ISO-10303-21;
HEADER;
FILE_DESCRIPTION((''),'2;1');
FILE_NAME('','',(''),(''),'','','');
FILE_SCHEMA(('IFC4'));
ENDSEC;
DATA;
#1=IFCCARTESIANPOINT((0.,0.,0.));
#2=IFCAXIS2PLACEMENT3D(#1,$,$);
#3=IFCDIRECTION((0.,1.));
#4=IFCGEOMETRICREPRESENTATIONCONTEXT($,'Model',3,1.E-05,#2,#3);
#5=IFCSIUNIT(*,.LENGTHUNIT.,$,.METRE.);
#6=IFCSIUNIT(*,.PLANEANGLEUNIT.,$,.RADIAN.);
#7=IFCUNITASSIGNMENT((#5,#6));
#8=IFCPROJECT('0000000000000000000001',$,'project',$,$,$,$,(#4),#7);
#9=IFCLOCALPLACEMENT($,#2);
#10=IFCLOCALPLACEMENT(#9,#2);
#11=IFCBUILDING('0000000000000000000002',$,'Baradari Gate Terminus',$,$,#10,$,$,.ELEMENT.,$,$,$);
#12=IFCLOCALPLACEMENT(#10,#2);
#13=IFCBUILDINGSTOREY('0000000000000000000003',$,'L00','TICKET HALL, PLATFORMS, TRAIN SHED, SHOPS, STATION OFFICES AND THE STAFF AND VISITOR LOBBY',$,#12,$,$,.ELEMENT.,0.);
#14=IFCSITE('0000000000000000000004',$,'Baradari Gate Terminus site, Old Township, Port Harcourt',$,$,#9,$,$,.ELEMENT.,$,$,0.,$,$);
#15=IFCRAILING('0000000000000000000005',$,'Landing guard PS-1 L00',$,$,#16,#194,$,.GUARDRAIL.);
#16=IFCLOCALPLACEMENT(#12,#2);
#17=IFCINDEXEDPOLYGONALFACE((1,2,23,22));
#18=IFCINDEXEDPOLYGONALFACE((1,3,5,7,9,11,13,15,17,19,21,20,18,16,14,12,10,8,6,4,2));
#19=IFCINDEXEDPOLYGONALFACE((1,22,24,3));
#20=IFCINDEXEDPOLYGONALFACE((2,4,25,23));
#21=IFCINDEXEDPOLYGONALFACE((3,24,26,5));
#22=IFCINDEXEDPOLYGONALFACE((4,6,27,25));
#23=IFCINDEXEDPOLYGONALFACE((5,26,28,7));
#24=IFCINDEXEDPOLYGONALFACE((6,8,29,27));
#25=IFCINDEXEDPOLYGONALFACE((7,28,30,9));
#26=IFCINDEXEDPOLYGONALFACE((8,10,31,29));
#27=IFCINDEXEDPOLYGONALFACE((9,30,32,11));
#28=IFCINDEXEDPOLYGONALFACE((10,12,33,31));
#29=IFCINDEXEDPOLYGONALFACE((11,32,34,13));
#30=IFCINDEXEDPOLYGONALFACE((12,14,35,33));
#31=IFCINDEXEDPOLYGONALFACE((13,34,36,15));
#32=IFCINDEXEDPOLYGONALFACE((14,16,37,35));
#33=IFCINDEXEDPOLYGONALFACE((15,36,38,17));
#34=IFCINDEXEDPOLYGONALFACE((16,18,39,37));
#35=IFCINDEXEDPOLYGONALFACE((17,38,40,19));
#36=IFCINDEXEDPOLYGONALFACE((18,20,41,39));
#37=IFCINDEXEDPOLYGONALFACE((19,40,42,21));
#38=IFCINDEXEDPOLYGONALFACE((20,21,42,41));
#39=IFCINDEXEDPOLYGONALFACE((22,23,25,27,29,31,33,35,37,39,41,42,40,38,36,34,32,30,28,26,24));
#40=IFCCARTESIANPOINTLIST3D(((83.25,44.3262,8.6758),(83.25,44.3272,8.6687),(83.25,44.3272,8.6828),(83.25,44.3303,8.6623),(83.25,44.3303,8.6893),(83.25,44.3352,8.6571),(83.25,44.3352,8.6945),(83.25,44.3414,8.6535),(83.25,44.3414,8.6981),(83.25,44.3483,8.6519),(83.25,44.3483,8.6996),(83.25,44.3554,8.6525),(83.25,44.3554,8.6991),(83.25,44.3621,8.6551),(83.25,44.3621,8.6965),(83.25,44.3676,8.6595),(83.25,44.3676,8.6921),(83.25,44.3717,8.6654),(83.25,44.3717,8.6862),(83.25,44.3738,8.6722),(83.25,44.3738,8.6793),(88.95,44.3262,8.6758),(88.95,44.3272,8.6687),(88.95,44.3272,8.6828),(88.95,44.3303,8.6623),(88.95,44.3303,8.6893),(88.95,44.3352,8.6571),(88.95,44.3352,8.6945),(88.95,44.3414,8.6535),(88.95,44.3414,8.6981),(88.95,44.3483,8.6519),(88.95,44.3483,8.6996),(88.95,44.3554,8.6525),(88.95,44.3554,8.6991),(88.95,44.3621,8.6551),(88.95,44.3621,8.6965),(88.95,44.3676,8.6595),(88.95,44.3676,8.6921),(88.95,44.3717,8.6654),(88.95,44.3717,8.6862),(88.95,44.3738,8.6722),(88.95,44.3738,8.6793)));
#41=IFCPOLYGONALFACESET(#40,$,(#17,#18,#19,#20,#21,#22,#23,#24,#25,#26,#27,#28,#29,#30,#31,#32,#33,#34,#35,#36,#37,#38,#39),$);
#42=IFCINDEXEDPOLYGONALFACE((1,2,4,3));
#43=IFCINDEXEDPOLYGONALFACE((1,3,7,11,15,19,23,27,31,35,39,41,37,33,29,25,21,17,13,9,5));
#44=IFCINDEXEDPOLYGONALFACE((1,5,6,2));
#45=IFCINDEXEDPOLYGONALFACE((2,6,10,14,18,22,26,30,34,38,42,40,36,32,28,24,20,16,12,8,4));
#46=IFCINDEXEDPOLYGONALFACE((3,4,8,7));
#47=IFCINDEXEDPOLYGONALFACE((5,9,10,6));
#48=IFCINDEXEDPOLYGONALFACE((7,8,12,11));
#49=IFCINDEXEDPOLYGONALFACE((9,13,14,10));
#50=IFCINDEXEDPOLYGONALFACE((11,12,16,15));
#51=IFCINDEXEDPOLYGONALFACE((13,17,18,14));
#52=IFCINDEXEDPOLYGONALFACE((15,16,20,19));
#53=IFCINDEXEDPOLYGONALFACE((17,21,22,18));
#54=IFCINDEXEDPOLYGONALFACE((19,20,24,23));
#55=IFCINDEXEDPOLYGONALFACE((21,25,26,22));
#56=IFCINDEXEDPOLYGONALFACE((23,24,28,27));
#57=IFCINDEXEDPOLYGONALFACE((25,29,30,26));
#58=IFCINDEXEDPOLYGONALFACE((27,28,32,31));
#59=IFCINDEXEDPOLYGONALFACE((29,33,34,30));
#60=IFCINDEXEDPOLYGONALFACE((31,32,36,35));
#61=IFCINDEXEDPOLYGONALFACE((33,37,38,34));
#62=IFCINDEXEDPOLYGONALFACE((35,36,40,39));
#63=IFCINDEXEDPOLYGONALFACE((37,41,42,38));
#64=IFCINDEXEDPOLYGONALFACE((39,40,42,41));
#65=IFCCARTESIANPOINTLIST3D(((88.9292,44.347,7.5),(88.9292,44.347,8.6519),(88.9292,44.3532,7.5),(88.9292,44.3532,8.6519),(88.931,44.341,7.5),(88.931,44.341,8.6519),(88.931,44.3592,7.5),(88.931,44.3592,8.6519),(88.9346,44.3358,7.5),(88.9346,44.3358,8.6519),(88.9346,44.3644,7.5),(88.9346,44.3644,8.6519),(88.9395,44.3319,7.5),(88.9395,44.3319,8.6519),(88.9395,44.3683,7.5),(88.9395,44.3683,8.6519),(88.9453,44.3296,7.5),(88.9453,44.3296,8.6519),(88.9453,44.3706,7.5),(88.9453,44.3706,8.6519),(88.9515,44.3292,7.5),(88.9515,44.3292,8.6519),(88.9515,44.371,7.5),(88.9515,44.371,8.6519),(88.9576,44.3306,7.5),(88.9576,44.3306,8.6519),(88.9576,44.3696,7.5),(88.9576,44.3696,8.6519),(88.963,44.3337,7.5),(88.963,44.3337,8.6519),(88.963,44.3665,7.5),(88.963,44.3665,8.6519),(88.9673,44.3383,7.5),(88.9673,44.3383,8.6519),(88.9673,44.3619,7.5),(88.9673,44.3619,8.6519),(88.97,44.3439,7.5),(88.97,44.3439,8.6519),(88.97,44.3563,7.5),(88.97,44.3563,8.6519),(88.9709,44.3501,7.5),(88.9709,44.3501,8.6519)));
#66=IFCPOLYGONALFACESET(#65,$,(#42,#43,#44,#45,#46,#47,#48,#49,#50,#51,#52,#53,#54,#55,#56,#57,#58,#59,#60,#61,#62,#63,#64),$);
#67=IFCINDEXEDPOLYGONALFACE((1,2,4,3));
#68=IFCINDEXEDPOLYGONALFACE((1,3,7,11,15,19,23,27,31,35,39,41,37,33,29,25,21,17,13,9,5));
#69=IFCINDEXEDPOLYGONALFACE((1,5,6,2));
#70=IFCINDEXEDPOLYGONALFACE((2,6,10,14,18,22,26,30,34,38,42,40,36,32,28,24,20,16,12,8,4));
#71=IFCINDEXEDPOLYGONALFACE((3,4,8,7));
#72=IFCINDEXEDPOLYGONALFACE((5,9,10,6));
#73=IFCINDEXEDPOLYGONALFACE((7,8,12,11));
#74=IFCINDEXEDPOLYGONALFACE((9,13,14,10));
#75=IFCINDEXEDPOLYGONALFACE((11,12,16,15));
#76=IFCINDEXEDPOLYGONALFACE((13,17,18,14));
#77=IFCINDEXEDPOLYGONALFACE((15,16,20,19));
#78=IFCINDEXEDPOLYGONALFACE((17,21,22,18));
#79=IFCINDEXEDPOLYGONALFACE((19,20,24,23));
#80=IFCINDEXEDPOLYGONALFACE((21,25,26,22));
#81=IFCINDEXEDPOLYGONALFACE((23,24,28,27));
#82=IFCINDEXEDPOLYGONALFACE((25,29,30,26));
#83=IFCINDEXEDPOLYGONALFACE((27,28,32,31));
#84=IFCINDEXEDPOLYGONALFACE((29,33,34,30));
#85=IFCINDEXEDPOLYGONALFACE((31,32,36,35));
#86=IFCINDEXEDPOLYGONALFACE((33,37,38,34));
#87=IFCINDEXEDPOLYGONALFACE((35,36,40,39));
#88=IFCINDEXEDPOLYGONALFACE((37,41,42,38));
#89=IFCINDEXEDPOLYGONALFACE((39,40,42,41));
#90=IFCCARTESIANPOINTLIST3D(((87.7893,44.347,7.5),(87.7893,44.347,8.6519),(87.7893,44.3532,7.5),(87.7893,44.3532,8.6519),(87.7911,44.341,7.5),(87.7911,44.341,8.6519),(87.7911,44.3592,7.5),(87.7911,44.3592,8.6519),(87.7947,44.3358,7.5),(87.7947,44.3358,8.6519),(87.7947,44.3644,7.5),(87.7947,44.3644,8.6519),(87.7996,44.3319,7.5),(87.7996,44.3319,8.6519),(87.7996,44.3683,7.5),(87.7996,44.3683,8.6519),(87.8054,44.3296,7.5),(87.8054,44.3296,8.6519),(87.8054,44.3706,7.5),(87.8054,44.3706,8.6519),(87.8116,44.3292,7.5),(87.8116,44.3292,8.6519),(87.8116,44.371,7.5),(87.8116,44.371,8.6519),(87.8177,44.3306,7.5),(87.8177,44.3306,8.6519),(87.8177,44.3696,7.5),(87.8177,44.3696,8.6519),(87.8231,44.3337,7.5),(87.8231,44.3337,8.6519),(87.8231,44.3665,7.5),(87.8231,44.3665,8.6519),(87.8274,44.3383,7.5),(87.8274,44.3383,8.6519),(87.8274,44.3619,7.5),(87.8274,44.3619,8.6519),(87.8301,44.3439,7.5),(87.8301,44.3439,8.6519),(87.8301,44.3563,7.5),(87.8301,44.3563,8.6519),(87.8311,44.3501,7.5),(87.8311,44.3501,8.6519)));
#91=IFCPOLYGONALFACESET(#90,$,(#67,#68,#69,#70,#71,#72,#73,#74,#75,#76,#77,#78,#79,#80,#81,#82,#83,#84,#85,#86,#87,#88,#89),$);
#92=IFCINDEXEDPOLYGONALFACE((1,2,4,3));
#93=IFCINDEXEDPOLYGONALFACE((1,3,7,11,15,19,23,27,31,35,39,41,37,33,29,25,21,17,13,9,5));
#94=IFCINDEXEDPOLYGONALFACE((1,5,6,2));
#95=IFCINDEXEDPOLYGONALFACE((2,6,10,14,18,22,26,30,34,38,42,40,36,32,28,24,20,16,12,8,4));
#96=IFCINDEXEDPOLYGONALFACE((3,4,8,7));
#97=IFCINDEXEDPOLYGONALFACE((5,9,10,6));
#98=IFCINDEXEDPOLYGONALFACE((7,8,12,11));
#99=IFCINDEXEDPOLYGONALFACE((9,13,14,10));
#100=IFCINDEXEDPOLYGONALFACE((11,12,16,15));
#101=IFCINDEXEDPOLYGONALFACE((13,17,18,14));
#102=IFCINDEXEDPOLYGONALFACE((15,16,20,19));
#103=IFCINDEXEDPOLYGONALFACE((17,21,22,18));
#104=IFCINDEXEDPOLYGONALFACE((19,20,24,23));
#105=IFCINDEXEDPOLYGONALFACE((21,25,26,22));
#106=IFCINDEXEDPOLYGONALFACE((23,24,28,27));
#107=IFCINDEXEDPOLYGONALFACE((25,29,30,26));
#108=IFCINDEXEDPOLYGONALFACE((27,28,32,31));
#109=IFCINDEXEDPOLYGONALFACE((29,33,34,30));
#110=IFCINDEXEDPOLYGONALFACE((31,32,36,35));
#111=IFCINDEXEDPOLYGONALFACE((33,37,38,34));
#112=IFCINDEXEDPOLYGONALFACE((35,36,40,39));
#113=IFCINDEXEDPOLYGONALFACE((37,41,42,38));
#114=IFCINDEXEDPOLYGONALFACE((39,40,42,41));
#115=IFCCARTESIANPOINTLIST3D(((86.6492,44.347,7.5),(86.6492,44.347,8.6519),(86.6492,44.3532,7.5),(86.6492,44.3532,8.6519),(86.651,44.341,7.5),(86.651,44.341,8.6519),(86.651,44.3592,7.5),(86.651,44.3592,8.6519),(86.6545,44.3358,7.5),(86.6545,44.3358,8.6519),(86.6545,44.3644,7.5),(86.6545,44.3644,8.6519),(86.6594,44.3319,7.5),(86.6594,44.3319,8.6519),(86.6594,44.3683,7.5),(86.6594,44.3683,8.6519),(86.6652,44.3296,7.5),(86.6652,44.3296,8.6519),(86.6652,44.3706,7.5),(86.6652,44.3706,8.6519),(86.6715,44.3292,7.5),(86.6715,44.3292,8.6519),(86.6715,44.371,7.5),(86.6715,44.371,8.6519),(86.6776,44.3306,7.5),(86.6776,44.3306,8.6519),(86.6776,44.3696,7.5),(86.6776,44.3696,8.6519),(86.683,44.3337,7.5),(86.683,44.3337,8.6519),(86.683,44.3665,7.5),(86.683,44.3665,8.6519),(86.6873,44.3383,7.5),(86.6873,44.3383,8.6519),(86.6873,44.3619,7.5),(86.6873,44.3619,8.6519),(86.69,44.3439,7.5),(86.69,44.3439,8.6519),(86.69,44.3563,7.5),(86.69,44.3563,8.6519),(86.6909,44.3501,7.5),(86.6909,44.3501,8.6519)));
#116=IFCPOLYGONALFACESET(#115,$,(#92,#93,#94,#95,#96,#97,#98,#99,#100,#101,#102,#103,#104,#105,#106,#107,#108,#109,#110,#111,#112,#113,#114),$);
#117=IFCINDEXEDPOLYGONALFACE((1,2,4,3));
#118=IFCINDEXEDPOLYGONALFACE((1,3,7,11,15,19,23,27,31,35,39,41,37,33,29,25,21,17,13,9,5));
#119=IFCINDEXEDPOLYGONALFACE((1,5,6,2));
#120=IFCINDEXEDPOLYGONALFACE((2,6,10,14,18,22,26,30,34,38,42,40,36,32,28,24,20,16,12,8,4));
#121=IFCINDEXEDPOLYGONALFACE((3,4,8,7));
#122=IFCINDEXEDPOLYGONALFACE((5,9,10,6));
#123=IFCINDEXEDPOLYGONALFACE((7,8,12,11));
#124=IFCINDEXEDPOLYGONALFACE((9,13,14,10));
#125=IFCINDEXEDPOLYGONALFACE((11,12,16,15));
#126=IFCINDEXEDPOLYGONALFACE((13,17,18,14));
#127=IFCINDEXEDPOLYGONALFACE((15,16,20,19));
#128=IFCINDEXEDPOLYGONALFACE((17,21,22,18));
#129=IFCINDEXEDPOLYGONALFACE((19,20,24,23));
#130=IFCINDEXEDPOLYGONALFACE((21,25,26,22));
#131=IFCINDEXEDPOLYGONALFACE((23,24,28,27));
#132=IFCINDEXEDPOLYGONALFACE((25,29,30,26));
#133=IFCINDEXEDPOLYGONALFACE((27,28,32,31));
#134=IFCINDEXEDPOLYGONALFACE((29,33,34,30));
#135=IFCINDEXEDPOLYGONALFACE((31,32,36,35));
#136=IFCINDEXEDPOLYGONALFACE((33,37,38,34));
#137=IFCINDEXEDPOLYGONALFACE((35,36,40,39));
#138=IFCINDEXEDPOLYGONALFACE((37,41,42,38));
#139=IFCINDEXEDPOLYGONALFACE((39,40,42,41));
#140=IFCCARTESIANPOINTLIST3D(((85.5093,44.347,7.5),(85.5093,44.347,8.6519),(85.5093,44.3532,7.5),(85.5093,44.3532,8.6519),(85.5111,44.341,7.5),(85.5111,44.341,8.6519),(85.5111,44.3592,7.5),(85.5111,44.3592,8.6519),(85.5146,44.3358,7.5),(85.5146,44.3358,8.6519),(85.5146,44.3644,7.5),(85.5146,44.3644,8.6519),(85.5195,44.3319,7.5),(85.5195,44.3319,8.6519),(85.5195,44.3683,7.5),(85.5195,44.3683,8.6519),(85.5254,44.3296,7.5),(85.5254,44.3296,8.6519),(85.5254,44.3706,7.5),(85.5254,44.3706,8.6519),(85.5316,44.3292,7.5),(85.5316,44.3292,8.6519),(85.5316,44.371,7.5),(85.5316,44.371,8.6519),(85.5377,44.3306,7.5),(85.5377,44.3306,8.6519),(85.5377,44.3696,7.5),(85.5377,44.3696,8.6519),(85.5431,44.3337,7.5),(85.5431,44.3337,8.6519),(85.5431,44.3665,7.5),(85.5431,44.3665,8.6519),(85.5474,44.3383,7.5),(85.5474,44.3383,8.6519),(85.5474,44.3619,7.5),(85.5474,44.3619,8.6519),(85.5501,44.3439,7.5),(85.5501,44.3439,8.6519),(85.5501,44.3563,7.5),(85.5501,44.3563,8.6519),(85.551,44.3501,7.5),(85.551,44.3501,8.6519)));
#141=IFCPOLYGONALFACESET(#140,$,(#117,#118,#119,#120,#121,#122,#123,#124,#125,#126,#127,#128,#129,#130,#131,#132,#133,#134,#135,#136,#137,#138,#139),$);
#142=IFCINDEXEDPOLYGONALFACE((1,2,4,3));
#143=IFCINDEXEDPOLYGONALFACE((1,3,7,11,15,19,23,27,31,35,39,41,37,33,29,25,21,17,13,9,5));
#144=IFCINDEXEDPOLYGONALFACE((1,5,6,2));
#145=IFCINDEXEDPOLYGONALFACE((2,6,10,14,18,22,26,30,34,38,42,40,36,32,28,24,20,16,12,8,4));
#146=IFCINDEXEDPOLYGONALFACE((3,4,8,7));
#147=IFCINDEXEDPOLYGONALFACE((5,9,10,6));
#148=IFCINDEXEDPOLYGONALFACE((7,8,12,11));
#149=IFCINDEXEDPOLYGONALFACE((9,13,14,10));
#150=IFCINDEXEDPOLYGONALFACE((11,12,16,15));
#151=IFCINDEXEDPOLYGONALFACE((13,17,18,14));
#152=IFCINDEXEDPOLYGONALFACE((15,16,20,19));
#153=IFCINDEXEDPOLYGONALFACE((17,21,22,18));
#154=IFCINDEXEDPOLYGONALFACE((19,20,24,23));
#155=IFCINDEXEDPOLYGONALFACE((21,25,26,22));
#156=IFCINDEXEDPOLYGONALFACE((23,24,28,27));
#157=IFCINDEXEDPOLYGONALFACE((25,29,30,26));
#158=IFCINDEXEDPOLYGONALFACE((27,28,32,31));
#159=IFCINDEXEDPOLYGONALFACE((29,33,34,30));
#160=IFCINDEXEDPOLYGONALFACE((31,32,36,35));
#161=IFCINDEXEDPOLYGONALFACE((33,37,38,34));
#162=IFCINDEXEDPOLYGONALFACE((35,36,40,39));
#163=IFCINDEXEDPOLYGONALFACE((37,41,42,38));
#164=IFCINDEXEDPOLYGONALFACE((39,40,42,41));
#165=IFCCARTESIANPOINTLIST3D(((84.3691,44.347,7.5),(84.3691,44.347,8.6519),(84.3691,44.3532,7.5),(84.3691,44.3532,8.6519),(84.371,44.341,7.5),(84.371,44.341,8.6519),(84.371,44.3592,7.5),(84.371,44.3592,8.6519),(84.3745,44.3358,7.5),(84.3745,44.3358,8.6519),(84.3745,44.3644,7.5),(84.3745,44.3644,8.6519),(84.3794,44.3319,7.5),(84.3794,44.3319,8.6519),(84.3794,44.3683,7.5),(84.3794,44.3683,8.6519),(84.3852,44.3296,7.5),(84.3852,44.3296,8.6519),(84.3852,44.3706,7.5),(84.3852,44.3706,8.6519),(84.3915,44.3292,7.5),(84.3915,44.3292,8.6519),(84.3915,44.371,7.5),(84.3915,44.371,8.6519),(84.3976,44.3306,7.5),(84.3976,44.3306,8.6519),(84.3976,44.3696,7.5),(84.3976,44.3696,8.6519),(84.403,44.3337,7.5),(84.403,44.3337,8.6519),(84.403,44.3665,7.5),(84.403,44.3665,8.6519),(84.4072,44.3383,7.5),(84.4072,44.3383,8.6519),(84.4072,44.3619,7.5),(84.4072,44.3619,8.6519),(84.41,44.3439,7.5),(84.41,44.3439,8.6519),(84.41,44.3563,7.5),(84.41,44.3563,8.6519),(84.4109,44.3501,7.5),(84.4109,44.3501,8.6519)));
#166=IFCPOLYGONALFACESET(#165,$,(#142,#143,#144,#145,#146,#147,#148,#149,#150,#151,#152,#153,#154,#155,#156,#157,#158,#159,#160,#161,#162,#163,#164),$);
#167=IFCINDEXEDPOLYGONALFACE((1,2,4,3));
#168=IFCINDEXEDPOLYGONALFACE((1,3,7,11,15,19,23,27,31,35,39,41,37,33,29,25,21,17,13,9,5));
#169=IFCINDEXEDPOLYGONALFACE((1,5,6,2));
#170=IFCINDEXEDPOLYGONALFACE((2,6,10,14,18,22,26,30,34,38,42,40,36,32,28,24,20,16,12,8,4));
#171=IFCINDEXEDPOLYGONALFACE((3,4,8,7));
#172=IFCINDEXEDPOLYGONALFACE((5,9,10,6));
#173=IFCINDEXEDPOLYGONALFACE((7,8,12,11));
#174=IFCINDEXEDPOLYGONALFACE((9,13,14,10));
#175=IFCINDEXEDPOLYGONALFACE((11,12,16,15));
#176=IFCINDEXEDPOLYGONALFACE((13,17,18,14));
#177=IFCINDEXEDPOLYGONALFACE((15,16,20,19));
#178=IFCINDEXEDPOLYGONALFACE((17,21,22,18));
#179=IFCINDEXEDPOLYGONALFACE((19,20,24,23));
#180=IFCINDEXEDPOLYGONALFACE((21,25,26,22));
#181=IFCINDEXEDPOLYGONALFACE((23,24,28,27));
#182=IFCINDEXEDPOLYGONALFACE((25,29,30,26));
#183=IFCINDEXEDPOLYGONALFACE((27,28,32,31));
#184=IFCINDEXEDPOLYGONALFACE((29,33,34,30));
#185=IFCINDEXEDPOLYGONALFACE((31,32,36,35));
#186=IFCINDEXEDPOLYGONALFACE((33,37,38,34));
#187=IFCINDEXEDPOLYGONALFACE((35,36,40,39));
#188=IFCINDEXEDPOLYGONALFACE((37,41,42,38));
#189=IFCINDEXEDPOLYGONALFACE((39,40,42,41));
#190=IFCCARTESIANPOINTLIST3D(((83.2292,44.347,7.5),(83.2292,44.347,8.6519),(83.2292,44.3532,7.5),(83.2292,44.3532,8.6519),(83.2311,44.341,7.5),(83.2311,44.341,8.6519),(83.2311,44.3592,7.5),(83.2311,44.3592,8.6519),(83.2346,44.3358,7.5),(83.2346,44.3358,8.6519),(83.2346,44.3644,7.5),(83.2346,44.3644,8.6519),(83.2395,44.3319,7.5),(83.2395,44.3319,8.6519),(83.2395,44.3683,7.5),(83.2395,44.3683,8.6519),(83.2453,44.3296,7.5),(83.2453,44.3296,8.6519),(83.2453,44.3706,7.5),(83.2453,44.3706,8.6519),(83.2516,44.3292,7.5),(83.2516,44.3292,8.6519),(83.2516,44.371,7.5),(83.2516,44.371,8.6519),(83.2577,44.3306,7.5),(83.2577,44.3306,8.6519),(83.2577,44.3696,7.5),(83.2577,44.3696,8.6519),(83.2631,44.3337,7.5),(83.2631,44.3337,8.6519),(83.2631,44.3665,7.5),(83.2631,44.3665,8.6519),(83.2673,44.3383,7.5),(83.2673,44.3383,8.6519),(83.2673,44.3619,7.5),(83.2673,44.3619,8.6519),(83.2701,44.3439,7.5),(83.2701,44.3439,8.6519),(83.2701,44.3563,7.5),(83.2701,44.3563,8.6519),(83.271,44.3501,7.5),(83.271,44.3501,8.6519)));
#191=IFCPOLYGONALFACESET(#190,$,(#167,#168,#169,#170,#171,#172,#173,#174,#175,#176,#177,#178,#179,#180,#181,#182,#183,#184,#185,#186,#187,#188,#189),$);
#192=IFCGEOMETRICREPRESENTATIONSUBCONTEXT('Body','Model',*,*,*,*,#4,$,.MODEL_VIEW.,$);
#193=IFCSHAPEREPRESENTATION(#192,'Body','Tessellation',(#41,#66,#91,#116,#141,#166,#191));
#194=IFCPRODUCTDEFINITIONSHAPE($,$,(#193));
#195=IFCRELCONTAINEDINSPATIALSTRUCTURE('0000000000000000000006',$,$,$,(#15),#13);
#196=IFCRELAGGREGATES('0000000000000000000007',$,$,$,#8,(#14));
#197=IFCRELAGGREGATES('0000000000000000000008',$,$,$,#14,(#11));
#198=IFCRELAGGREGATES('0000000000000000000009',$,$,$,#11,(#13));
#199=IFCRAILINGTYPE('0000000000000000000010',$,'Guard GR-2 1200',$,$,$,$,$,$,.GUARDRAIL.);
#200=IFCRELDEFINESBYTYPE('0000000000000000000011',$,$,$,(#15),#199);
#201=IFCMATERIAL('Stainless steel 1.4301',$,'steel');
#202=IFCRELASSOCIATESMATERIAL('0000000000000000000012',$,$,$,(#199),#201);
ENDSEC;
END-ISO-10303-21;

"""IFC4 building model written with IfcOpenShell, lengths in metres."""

from ifc_helpers import new_model, si_unit, direction, frame, origin, origin_2d, place, context, subcontext, project, spatial, circle, extrude, material, type_object, element, save


model = new_model("IFC4")

# Units and contexts
model_context = context("Model", 3, precision=1e-05, world=origin(), true_north=direction((0.0, 1.0)))
body_context = subcontext(model_context, "Body", "Model", "MODEL_VIEW")
ifc_project = project(units=[si_unit("LENGTHUNIT", "METRE"), si_unit("PLANEANGLEUNIT", "RADIAN")], contexts=[model_context])

# Site, building, storey
site_placement = place(None, origin())
site = spatial("IfcSite", under=ifc_project, at=site_placement, Name="Baradari Gate Terminus site, Old Township, Port Harcourt", CompositionType="ELEMENT", RefElevation=0.0)
building_placement = place(site_placement, origin())
building = spatial("IfcBuilding", under=site, at=building_placement, Name="Baradari Gate Terminus", CompositionType="ELEMENT")
storey_placement = place(building_placement, origin())
storey = spatial("IfcBuildingStorey", under=building, at=storey_placement, Name="L00", Description="TICKET HALL, PLATFORMS, TRAIN SHED, SHOPS, STATION OFFICES AND THE STAFF AND VISITOR LOBBY", CompositionType="ELEMENT", Elevation=0.0)

# Railing
ifc_material_1 = material(Name="Stainless steel 1.4301", Category="steel")
railing_type_1 = type_object("IfcRailingType", Name="Guard GR-2 1200", PredefinedType="GUARDRAIL", material=ifc_material_1)
for number, where, name in (
    (1, (88.95, 44.3501, 7.5), "Landing guard PS-1 L00"),
):
    element("IfcRailing", number, at=place(storey_placement, frame(where)), inside=storey, type_object=railing_type_1, Name=name, PredefinedType="GUARDRAIL", context=body_context, shape_type="SweptSolid", body=[
        extrude(circle(Radius=0.0239, at=origin_2d()), frame((0.0, 0.0, 1.1758), z_axis=(-1.0, 0.0, 0.0), x_axis=(0.0, -1.0, 0.0)), (0.0, 0.0, 1.0), 5.7),
        extrude(circle(Radius=0.021, at=origin_2d()), origin(), (0.0, 0.0, 1.0), 1.1519),
        extrude(circle(Radius=0.021, at=origin_2d()), frame((-1.1399, 0.0, 0.0)), (0.0, 0.0, 1.0), 1.1519),
        extrude(circle(Radius=0.021, at=origin_2d()), frame((-2.28, 0.0, 0.0)), (0.0, 0.0, 1.0), 1.1519),
        extrude(circle(Radius=0.021, at=origin_2d()), frame((-3.4199, 0.0, 0.0)), (0.0, 0.0, 1.0), 1.1519),
        extrude(circle(Radius=0.021, at=origin_2d()), frame((-4.5601, 0.0, 0.0)), (0.0, 0.0, 1.0), 1.1519),
        extrude(circle(Radius=0.021, at=origin_2d()), frame((-5.7, 0.0, 0.0)), (0.0, 0.0, 1.0), 1.1519),
    ])

save(model, "model.ifc")
